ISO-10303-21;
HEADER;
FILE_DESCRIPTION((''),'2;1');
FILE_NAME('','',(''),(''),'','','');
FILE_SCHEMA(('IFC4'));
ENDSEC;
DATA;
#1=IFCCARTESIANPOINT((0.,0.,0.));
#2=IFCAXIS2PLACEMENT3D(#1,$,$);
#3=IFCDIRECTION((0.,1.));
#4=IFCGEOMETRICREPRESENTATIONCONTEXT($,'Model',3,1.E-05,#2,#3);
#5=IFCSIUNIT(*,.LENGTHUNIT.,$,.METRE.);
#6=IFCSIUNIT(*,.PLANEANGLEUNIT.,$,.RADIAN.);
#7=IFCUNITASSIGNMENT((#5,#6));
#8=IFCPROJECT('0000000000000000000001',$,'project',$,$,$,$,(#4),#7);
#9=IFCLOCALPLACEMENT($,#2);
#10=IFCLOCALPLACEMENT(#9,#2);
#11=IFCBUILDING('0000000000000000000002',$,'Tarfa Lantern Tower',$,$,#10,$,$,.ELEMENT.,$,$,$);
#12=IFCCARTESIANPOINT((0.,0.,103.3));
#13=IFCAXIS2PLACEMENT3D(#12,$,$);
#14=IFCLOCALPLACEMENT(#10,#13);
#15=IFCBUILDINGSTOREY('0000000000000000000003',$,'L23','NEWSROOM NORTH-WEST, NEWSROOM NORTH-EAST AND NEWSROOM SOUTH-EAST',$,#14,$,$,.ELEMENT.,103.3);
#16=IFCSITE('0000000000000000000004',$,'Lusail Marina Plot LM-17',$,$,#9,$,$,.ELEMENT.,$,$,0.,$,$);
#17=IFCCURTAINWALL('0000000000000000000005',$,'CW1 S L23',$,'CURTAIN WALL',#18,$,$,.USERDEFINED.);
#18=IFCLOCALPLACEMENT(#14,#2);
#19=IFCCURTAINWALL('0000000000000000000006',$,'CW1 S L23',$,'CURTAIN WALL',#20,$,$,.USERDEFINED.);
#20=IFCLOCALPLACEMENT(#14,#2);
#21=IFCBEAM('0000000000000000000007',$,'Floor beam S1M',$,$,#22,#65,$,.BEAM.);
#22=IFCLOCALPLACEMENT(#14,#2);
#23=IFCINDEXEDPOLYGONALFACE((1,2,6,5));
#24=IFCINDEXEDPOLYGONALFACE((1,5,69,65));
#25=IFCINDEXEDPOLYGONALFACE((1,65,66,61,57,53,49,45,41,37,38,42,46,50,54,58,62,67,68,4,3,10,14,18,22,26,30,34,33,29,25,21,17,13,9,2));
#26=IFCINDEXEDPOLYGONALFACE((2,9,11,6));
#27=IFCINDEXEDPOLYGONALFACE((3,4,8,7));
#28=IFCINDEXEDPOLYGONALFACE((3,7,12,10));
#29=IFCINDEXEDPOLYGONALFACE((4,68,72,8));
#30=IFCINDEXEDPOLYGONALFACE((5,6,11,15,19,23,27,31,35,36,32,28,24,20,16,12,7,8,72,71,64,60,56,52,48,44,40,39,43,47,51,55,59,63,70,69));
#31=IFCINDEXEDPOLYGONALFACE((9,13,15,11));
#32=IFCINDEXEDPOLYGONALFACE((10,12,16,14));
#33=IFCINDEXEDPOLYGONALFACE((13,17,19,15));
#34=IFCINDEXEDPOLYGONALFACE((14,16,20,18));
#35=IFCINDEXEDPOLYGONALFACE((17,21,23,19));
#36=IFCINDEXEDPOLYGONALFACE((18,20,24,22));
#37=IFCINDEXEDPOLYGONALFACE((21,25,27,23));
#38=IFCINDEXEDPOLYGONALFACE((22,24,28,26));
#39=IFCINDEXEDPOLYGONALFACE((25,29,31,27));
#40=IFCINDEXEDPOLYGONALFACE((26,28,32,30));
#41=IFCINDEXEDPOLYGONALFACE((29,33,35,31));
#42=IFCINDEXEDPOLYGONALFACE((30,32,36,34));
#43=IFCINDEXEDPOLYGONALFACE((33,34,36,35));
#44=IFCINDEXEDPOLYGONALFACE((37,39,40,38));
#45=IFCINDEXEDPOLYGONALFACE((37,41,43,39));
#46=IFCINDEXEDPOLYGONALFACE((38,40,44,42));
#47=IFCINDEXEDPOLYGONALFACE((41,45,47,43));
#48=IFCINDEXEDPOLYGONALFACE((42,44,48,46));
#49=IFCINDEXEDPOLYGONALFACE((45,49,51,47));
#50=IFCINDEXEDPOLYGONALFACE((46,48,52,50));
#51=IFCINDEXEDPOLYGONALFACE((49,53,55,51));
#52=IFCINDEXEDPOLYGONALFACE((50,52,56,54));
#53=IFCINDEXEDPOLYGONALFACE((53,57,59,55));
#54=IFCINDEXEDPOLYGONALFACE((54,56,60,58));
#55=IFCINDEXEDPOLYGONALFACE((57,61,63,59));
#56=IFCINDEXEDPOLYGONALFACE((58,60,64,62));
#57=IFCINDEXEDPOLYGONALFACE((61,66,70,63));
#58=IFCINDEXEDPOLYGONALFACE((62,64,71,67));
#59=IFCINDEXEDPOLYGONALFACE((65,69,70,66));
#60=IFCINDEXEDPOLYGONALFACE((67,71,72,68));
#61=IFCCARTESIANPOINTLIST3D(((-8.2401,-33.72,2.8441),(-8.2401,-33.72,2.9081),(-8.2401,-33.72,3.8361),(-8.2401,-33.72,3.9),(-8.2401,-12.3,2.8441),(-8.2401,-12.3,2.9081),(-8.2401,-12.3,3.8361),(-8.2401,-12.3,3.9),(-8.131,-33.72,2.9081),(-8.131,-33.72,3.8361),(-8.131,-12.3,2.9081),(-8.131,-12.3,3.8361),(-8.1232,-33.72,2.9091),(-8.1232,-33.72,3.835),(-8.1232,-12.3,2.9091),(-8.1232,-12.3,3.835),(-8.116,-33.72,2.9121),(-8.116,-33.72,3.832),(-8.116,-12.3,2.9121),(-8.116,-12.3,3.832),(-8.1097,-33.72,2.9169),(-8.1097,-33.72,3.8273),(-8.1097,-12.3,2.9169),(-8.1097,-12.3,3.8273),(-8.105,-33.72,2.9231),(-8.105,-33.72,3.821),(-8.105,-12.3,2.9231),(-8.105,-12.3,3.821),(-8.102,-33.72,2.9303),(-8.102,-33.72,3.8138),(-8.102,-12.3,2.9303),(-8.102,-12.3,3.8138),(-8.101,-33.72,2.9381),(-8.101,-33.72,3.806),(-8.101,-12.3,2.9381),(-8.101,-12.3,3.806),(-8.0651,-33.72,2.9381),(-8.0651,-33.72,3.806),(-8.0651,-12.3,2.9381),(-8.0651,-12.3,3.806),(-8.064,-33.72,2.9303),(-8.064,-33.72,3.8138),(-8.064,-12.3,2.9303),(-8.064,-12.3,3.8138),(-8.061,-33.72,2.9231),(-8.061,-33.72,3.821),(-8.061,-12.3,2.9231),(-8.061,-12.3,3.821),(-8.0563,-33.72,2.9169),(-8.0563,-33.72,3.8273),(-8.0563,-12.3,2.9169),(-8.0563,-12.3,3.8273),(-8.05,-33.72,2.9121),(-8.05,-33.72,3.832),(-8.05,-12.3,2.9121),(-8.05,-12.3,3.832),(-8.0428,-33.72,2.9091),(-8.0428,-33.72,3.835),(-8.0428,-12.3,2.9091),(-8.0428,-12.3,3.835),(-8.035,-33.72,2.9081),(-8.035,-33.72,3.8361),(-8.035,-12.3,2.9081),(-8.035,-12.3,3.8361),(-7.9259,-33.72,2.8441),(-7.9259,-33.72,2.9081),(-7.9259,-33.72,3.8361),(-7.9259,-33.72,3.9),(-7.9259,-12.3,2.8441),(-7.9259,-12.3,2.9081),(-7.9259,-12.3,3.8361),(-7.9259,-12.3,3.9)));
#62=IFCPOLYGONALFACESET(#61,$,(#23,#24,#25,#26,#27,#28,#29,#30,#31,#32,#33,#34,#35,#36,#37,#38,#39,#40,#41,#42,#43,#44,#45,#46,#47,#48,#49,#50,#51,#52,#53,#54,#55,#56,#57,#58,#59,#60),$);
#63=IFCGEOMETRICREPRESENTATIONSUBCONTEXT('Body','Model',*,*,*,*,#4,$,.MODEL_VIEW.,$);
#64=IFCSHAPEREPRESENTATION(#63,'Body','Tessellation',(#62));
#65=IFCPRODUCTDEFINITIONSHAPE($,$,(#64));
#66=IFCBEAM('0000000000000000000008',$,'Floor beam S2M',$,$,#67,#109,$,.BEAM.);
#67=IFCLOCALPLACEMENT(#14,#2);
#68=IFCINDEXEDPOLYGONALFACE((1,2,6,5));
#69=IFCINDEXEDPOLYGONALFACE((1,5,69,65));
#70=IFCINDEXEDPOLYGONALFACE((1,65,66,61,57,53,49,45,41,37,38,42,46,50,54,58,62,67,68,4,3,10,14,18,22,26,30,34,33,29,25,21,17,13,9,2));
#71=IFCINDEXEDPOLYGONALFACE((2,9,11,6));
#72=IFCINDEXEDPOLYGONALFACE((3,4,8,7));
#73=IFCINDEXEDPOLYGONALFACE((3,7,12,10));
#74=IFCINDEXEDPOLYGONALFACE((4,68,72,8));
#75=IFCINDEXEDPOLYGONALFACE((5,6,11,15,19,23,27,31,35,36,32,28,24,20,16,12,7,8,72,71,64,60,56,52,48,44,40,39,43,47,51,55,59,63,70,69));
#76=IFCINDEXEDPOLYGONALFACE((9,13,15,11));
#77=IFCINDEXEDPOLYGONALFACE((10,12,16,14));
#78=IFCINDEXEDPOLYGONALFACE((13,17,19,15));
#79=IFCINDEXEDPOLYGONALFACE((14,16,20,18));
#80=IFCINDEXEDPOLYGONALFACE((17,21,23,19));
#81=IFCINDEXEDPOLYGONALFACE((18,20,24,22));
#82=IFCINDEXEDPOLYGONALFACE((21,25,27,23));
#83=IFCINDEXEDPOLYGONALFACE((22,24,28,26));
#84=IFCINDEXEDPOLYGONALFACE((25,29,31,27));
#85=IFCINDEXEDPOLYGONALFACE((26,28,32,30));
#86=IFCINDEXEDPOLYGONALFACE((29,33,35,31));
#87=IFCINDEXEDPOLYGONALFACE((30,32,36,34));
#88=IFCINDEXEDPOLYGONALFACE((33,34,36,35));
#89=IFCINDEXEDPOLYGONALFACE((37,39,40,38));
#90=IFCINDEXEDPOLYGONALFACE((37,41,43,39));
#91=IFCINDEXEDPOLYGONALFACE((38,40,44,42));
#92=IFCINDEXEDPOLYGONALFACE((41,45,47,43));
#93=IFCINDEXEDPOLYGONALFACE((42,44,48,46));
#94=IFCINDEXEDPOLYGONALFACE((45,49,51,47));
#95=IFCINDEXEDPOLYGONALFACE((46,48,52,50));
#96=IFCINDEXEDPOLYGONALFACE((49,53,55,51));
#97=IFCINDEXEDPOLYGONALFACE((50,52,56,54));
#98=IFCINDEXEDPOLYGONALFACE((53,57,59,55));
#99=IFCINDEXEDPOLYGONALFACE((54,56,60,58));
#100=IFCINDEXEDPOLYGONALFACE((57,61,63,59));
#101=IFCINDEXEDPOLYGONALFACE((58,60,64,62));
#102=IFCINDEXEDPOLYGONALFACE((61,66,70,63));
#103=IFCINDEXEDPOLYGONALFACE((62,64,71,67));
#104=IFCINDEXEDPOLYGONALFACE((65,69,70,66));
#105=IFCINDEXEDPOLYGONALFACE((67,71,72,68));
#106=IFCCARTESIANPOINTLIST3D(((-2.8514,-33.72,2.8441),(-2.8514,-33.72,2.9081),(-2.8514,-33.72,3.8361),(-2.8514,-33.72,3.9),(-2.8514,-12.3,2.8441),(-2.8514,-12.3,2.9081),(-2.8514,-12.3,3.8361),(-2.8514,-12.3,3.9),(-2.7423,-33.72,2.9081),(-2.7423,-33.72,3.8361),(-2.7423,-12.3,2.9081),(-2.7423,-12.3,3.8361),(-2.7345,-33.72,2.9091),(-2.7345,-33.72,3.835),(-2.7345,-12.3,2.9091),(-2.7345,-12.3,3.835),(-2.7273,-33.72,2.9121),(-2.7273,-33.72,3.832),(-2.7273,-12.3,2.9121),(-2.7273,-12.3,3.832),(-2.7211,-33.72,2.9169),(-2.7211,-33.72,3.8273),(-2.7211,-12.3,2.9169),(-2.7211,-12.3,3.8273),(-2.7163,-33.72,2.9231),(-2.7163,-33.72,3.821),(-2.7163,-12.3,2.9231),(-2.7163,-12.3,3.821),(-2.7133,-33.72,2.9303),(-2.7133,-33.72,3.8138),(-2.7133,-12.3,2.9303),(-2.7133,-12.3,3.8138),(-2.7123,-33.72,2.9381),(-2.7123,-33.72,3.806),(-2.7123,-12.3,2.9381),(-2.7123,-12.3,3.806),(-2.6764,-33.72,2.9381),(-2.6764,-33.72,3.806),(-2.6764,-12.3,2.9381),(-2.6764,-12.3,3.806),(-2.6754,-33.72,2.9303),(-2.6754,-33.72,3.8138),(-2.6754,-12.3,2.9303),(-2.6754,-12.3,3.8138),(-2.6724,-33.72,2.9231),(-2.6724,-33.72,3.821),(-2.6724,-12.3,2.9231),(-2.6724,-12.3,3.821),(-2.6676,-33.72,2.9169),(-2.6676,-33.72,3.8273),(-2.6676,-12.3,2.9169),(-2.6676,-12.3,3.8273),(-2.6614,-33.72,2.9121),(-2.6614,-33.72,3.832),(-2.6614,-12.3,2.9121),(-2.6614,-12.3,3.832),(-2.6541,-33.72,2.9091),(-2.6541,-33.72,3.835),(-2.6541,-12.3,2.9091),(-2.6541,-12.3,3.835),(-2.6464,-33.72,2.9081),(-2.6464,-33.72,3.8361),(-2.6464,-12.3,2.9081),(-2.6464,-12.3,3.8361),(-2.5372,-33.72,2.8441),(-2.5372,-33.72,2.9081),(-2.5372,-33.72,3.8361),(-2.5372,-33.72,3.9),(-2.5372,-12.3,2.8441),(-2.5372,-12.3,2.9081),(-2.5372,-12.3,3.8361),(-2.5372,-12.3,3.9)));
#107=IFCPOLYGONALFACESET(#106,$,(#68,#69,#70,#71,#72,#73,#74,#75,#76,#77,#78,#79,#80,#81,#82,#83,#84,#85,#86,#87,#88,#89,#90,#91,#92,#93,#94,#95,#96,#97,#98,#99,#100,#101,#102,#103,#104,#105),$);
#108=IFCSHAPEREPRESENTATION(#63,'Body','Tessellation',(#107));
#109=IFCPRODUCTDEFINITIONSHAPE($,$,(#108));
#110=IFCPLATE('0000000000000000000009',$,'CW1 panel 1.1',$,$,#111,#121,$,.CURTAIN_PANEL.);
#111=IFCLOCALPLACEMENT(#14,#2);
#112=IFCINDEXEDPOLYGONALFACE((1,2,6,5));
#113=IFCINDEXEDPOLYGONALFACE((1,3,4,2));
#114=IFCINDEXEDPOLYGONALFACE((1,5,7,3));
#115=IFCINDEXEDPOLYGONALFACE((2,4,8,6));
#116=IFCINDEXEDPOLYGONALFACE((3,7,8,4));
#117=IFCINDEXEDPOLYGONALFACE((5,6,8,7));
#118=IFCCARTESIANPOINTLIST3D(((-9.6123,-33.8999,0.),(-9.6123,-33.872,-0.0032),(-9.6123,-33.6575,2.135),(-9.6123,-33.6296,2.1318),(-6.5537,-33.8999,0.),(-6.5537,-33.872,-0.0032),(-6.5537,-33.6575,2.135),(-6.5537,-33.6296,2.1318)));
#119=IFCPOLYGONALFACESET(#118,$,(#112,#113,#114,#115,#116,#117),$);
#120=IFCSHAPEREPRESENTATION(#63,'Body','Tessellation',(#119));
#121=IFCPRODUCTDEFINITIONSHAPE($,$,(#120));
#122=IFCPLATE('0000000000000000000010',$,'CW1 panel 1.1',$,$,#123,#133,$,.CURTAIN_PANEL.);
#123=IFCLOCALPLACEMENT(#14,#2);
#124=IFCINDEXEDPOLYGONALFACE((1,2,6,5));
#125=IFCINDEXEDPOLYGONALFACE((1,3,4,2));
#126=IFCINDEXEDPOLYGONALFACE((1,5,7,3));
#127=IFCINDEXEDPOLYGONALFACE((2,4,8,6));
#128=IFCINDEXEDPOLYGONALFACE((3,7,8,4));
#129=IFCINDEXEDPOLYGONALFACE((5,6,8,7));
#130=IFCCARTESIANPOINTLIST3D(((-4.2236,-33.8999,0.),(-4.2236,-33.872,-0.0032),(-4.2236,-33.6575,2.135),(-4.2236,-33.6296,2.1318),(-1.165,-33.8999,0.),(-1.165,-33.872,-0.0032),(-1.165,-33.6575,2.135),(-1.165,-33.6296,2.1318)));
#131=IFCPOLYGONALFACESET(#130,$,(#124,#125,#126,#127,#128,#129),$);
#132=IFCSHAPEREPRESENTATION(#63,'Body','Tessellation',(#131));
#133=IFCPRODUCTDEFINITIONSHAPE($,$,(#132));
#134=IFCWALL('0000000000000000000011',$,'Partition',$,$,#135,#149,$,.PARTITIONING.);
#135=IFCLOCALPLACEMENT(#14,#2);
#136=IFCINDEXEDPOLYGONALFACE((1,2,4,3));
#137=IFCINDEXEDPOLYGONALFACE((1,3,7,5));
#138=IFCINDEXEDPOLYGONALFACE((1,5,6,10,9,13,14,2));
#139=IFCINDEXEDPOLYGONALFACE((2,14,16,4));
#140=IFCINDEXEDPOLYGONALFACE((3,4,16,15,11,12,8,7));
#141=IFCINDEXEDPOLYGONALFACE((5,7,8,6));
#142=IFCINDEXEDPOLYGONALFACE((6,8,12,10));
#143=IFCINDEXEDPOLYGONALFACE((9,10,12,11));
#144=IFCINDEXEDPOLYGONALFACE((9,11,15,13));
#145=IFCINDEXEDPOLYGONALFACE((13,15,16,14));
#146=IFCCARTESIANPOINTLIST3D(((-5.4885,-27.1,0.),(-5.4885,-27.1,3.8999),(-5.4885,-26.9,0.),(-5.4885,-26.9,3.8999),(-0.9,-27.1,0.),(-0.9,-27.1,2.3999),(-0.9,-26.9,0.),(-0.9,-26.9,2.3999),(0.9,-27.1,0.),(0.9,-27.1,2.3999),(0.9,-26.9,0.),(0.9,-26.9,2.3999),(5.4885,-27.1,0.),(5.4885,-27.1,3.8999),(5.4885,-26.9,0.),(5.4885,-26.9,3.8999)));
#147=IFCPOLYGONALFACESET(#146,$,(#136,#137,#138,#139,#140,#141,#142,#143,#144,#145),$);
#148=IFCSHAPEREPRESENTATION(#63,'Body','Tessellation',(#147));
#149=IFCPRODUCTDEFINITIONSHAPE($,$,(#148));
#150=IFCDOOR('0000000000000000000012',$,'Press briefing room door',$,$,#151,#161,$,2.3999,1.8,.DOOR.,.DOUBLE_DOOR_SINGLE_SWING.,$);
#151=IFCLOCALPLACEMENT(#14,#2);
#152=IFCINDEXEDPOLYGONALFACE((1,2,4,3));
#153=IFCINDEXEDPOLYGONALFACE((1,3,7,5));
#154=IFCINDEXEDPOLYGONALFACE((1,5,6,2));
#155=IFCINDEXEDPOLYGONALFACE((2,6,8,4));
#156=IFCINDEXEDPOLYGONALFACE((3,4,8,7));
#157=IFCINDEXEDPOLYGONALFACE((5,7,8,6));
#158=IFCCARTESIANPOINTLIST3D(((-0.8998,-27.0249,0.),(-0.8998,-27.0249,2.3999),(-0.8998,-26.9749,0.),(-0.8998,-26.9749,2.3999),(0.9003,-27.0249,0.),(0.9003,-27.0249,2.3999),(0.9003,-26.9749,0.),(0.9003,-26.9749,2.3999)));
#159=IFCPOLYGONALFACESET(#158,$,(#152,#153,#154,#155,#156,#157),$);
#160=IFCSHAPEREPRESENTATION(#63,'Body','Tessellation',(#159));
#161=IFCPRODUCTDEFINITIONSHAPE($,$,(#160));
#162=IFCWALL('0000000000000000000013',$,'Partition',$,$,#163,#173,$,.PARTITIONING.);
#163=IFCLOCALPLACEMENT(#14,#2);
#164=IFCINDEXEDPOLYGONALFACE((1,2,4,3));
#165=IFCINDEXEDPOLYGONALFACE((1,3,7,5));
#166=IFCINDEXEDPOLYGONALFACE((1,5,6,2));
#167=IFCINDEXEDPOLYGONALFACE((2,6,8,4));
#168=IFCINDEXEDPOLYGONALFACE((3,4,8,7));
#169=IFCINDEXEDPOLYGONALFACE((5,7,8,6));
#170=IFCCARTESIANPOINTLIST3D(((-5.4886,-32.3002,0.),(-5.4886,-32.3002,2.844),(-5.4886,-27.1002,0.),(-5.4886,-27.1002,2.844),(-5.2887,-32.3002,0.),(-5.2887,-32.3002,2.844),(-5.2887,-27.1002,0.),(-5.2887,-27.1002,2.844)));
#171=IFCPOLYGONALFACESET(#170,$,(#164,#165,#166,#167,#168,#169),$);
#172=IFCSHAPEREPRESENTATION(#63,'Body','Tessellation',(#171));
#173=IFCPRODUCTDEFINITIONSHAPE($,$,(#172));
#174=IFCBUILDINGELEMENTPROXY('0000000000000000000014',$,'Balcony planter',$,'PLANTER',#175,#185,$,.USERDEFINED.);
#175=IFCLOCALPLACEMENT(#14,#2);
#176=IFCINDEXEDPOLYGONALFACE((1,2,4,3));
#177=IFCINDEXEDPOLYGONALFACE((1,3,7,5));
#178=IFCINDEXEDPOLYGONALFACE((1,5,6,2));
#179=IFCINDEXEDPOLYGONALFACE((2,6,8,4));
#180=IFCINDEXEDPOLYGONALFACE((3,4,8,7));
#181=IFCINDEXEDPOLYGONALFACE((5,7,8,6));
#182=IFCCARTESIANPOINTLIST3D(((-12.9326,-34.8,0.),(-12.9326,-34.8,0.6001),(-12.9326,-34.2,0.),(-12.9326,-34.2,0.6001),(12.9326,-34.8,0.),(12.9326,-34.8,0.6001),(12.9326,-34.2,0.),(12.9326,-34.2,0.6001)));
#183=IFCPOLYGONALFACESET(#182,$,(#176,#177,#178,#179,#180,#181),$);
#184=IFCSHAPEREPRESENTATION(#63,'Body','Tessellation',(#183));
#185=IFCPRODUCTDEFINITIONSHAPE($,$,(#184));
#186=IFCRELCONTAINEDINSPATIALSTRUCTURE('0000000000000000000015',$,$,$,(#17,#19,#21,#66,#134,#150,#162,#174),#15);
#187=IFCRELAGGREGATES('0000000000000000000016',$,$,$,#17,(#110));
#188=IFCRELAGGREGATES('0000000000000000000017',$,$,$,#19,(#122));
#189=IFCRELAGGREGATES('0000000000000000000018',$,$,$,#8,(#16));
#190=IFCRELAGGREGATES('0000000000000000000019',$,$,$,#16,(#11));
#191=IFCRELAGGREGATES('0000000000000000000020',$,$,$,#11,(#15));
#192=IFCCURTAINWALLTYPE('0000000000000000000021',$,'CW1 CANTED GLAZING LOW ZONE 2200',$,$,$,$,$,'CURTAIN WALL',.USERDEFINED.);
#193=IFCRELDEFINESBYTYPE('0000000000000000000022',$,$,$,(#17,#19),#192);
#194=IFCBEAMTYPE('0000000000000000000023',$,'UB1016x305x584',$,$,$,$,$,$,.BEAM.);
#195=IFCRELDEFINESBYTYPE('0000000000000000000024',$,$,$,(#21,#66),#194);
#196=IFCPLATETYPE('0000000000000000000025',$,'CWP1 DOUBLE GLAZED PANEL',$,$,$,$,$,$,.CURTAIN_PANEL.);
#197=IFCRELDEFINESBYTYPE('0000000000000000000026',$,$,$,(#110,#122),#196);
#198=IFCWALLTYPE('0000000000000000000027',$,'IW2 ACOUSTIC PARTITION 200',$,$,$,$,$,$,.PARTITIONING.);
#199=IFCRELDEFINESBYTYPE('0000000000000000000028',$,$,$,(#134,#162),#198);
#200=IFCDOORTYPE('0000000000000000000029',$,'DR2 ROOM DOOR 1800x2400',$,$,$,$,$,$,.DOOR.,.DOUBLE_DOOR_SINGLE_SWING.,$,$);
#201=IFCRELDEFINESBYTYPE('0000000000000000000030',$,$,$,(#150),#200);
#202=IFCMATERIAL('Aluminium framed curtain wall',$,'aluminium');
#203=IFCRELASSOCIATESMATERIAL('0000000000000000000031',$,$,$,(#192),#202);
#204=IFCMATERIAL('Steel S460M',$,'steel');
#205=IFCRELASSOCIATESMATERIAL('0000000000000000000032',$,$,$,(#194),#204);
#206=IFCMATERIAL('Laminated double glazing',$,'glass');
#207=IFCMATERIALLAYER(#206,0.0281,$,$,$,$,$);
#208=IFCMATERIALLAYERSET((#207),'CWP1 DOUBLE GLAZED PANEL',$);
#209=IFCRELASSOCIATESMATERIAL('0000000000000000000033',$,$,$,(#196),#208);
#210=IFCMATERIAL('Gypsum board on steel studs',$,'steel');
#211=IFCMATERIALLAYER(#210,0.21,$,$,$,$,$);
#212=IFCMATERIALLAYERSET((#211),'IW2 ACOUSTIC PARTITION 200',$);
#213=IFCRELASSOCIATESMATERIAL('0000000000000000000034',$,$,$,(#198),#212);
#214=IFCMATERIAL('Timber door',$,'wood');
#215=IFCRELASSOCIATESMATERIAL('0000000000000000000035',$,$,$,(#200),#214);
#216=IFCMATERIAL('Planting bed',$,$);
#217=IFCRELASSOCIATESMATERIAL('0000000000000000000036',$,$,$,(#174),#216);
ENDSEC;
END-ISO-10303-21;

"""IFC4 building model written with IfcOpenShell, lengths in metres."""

from ifc_helpers import new_model, si_unit, direction, frame, frame_2d, origin, origin_2d, place, context, subcontext, project, spatial, polyline, rectangle, i_section, outline, extrude, material, layer, layer_set, material_profile, profile_set, type_object, element, fill, aggregate, save


model = new_model("IFC4")

# Units and contexts
model_context = context("Model", 3, precision=1e-05, world=origin(), true_north=direction((0.0, 1.0)))
body_context = subcontext(model_context, "Body", "Model", "MODEL_VIEW")
ifc_project = project(units=[si_unit("LENGTHUNIT", "METRE"), si_unit("PLANEANGLEUNIT", "RADIAN")], contexts=[model_context])

# Site, building, storey
site_placement = place(None, origin())
site = spatial("IfcSite", under=ifc_project, at=site_placement, Name="Lusail Marina Plot LM-17", CompositionType="ELEMENT", RefElevation=0.0)
building_placement = place(site_placement, origin())
building = spatial("IfcBuilding", under=site, at=building_placement, Name="Tarfa Lantern Tower", CompositionType="ELEMENT")
storey_placement = place(building_placement, frame((0.0, 0.0, 103.3)))
storey = spatial("IfcBuildingStorey", under=building, at=storey_placement, Name="L23", Description="NEWSROOM NORTH-WEST, NEWSROOM NORTH-EAST AND NEWSROOM SOUTH-EAST", CompositionType="ELEMENT", Elevation=103.3)

# Shared definitions
ifc_material_1 = material(Name="Aluminium framed curtain wall", Category="aluminium")
curtain_wall_type = type_object("IfcCurtainWallType", Name="CW1 CANTED GLAZING LOW ZONE 2200", ElementType="CURTAIN WALL", PredefinedType="USERDEFINED", material=ifc_material_1)

# Curtain walls
curtain_wall_1_placement = place(storey_placement, origin())
curtain_wall_1 = element("IfcCurtainWall", 1, at=curtain_wall_1_placement, inside=storey, type_object=curtain_wall_type, Name="CW1 S L23", ObjectType="CURTAIN WALL", PredefinedType="USERDEFINED")
curtain_wall_2_placement = place(storey_placement, origin())
curtain_wall_2 = element("IfcCurtainWall", 2, at=curtain_wall_2_placement, inside=storey, type_object=curtain_wall_type, Name="CW1 S L23", ObjectType="CURTAIN WALL", PredefinedType="USERDEFINED")

# Beams
ifc_material_2 = material(Name="Steel S460M", Category="steel")
ifc_material_profile_1 = material_profile(ifc_material_2, i_section(OverallWidth=0.3142, OverallDepth=1.0559, WebThickness=0.0359, FlangeThickness=0.064, FilletRadius=0.03, at=origin_2d()), Name="UB1016x305x584")
ifc_profile_set_1 = profile_set([ifc_material_profile_1], Name="Steel S460M")
beam_type_1 = type_object("IfcBeamType", Name="UB1016x305x584", PredefinedType="BEAM", material=ifc_profile_set_1)
for number, where, z_axis, x_axis, name in (
    (3, (-8.083, -33.72, 3.3721), (0.0, 1.0, 0.0), (-1.0, 0.0, 0.0), "Floor beam S1M"),
    (4, (-2.6943, -33.72, 3.3721), (0.0, 1.0, 0.0), (-1.0, 0.0, 0.0), "Floor beam S2M"),
):
    element("IfcBeam", number, at=place(storey_placement, frame(where, z_axis=z_axis, x_axis=x_axis)), inside=storey, type_object=beam_type_1, Name=name, PredefinedType="BEAM", context=body_context, shape_type="SweptSolid", body=[
        extrude(i_section(OverallWidth=0.3142, OverallDepth=1.0559, WebThickness=0.0359, FlangeThickness=0.064, FilletRadius=0.03, at=origin_2d()), origin(), (0.0, 0.0, 1.0), 21.4199),
    ])

# Plates
ifc_material_3 = material(Name="Laminated double glazing", Category="glass")
ifc_layer_1 = layer(ifc_material_3, 0.0281)
ifc_layer_set_1 = layer_set([ifc_layer_1], Name="CWP1 DOUBLE GLAZED PANEL")
plate_type = type_object("IfcPlateType", Name="CWP1 DOUBLE GLAZED PANEL", PredefinedType="CURTAIN_PANEL", material=ifc_layer_set_1)
plate_1_placement = place(storey_placement, frame((-9.6123, -33.8999, 0.0), z_axis=(0.0, -0.993615, 0.112826), x_axis=(1.0, 0.0, 0.0)))
plate_1 = element("IfcPlate", 5, at=plate_1_placement, type_object=plate_type, Name="CW1 panel 1.1", PredefinedType="CURTAIN_PANEL", context=body_context, shape_type="SweptSolid", body=[
    extrude(outline(polyline([(0.0, 0.0), (3.0586, 0.0), (3.0586, 2.1487), (0.0, 2.1487), (0.0, 0.0)])), origin(), (0.0, 0.0, -1.0), 0.0281),
])
aggregate(curtain_wall_1, [plate_1])
plate_2_placement = place(storey_placement, frame((-4.2236, -33.8999, 0.0), z_axis=(0.0, -0.993615, 0.112826), x_axis=(1.0, 0.0, 0.0)))
plate_2 = element("IfcPlate", 6, at=plate_2_placement, type_object=plate_type, Name="CW1 panel 1.1", PredefinedType="CURTAIN_PANEL", context=body_context, shape_type="SweptSolid", body=[
    extrude(outline(polyline([(0.0, 0.0), (3.0586, 0.0), (3.0586, 2.1487), (0.0, 2.1487), (0.0, 0.0)])), origin(), (0.0, 0.0, -1.0), 0.0281),
])
aggregate(curtain_wall_2, [plate_2])

# Wall, opening, door
ifc_material_4 = material(Name="Gypsum board on steel studs", Category="steel")
ifc_layer_2 = layer(ifc_material_4, 0.21)
ifc_layer_set_2 = layer_set([ifc_layer_2], Name="IW2 ACOUSTIC PARTITION 200")
wall_type = type_object("IfcWallType", Name="IW2 ACOUSTIC PARTITION 200", PredefinedType="PARTITIONING", material=ifc_layer_set_2)
wall_1_placement = place(storey_placement, frame((-5.4885, -27.0, 0.0), z_axis=(0.0, 0.0, 1.0), x_axis=(1.0, 0.0, 0.0)))
wall_1 = element("IfcWall", 7, at=wall_1_placement, inside=storey, type_object=wall_type, Name="Partition", PredefinedType="PARTITIONING", context=body_context, shape_type="SweptSolid", body=[
    extrude(rectangle(XDim=10.9771, YDim=0.2, at=frame_2d((5.4885, 0.0))), origin(), (0.0, 0.0, 1.0), 3.8999),
])
opening_placement = place(wall_1_placement, frame((4.5886, 0.0, 0.0)))
opening = element("IfcOpeningElement", 8, at=opening_placement, cuts=wall_1, PredefinedType="OPENING", context=body_context, shape_type="SweptSolid", body=[
    extrude(rectangle(XDim=1.8, YDim=2.3999, at=frame_2d((0.8999, 1.2))), frame((0.0, 0.1099, 0.0), z_axis=(0.0, -1.0, 0.0), x_axis=(1.0, 0.0, 0.0)), (0.0, 0.0, 1.0), 0.22),
])
ifc_material_5 = material(Name="Timber door", Category="wood")
door_type = type_object("IfcDoorType", Name="DR2 ROOM DOOR 1800x2400", OperationType="DOUBLE_DOOR_SINGLE_SWING", PredefinedType="DOOR", material=ifc_material_5)
door_placement = place(opening_placement, frame((1.8, 0.0, 0.0), z_axis=(0.0, 0.0, 1.0), x_axis=(-1.0, 0.0, 0.0)))
door = element("IfcDoor", 9, at=door_placement, inside=storey, type_object=door_type, Name="Press briefing room door", OperationType="DOUBLE_DOOR_SINGLE_SWING", OverallHeight=2.3999, OverallWidth=1.8, PredefinedType="DOOR", context=body_context, shape_type="SweptSolid", body=[
    extrude(rectangle(XDim=1.8, YDim=2.3999, at=frame_2d((0.8999, 1.2))), frame((0.0, 0.0249, 0.0), z_axis=(0.0, -1.0, 0.0), x_axis=(1.0, 0.0, 0.0)), (0.0, 0.0, 1.0), 0.05),
])
fill(opening, door)

# Wall
wall_2_placement = place(storey_placement, frame((-5.3887, -27.1001, 0.0), z_axis=(0.0, 0.0, 1.0), x_axis=(0.0, -1.0, 0.0)))
element("IfcWall", 10, at=wall_2_placement, inside=storey, type_object=wall_type, Name="Partition", PredefinedType="PARTITIONING", context=body_context, shape_type="SweptSolid", body=[
    extrude(rectangle(XDim=5.2, YDim=0.2, at=frame_2d((2.6001, 0.0))), origin(), (0.0, 0.0, 1.0), 2.844),
])

# Building element proxy
ifc_material_6 = material(Name="Planting bed")
proxy_placement = place(storey_placement, frame((0.0, -34.5, 0.0), z_axis=(0.0, 0.0, 1.0), x_axis=(1.0, 0.0, 0.0)))
element("IfcBuildingElementProxy", 11, at=proxy_placement, inside=storey, material=ifc_material_6, Name="Balcony planter", ObjectType="PLANTER", PredefinedType="USERDEFINED", context=body_context, shape_type="SweptSolid", body=[
    extrude(rectangle(XDim=25.8652, YDim=0.6001, at=origin_2d()), origin(), (0.0, 0.0, 1.0), 0.6001),
])

save(model, "model.ifc")
